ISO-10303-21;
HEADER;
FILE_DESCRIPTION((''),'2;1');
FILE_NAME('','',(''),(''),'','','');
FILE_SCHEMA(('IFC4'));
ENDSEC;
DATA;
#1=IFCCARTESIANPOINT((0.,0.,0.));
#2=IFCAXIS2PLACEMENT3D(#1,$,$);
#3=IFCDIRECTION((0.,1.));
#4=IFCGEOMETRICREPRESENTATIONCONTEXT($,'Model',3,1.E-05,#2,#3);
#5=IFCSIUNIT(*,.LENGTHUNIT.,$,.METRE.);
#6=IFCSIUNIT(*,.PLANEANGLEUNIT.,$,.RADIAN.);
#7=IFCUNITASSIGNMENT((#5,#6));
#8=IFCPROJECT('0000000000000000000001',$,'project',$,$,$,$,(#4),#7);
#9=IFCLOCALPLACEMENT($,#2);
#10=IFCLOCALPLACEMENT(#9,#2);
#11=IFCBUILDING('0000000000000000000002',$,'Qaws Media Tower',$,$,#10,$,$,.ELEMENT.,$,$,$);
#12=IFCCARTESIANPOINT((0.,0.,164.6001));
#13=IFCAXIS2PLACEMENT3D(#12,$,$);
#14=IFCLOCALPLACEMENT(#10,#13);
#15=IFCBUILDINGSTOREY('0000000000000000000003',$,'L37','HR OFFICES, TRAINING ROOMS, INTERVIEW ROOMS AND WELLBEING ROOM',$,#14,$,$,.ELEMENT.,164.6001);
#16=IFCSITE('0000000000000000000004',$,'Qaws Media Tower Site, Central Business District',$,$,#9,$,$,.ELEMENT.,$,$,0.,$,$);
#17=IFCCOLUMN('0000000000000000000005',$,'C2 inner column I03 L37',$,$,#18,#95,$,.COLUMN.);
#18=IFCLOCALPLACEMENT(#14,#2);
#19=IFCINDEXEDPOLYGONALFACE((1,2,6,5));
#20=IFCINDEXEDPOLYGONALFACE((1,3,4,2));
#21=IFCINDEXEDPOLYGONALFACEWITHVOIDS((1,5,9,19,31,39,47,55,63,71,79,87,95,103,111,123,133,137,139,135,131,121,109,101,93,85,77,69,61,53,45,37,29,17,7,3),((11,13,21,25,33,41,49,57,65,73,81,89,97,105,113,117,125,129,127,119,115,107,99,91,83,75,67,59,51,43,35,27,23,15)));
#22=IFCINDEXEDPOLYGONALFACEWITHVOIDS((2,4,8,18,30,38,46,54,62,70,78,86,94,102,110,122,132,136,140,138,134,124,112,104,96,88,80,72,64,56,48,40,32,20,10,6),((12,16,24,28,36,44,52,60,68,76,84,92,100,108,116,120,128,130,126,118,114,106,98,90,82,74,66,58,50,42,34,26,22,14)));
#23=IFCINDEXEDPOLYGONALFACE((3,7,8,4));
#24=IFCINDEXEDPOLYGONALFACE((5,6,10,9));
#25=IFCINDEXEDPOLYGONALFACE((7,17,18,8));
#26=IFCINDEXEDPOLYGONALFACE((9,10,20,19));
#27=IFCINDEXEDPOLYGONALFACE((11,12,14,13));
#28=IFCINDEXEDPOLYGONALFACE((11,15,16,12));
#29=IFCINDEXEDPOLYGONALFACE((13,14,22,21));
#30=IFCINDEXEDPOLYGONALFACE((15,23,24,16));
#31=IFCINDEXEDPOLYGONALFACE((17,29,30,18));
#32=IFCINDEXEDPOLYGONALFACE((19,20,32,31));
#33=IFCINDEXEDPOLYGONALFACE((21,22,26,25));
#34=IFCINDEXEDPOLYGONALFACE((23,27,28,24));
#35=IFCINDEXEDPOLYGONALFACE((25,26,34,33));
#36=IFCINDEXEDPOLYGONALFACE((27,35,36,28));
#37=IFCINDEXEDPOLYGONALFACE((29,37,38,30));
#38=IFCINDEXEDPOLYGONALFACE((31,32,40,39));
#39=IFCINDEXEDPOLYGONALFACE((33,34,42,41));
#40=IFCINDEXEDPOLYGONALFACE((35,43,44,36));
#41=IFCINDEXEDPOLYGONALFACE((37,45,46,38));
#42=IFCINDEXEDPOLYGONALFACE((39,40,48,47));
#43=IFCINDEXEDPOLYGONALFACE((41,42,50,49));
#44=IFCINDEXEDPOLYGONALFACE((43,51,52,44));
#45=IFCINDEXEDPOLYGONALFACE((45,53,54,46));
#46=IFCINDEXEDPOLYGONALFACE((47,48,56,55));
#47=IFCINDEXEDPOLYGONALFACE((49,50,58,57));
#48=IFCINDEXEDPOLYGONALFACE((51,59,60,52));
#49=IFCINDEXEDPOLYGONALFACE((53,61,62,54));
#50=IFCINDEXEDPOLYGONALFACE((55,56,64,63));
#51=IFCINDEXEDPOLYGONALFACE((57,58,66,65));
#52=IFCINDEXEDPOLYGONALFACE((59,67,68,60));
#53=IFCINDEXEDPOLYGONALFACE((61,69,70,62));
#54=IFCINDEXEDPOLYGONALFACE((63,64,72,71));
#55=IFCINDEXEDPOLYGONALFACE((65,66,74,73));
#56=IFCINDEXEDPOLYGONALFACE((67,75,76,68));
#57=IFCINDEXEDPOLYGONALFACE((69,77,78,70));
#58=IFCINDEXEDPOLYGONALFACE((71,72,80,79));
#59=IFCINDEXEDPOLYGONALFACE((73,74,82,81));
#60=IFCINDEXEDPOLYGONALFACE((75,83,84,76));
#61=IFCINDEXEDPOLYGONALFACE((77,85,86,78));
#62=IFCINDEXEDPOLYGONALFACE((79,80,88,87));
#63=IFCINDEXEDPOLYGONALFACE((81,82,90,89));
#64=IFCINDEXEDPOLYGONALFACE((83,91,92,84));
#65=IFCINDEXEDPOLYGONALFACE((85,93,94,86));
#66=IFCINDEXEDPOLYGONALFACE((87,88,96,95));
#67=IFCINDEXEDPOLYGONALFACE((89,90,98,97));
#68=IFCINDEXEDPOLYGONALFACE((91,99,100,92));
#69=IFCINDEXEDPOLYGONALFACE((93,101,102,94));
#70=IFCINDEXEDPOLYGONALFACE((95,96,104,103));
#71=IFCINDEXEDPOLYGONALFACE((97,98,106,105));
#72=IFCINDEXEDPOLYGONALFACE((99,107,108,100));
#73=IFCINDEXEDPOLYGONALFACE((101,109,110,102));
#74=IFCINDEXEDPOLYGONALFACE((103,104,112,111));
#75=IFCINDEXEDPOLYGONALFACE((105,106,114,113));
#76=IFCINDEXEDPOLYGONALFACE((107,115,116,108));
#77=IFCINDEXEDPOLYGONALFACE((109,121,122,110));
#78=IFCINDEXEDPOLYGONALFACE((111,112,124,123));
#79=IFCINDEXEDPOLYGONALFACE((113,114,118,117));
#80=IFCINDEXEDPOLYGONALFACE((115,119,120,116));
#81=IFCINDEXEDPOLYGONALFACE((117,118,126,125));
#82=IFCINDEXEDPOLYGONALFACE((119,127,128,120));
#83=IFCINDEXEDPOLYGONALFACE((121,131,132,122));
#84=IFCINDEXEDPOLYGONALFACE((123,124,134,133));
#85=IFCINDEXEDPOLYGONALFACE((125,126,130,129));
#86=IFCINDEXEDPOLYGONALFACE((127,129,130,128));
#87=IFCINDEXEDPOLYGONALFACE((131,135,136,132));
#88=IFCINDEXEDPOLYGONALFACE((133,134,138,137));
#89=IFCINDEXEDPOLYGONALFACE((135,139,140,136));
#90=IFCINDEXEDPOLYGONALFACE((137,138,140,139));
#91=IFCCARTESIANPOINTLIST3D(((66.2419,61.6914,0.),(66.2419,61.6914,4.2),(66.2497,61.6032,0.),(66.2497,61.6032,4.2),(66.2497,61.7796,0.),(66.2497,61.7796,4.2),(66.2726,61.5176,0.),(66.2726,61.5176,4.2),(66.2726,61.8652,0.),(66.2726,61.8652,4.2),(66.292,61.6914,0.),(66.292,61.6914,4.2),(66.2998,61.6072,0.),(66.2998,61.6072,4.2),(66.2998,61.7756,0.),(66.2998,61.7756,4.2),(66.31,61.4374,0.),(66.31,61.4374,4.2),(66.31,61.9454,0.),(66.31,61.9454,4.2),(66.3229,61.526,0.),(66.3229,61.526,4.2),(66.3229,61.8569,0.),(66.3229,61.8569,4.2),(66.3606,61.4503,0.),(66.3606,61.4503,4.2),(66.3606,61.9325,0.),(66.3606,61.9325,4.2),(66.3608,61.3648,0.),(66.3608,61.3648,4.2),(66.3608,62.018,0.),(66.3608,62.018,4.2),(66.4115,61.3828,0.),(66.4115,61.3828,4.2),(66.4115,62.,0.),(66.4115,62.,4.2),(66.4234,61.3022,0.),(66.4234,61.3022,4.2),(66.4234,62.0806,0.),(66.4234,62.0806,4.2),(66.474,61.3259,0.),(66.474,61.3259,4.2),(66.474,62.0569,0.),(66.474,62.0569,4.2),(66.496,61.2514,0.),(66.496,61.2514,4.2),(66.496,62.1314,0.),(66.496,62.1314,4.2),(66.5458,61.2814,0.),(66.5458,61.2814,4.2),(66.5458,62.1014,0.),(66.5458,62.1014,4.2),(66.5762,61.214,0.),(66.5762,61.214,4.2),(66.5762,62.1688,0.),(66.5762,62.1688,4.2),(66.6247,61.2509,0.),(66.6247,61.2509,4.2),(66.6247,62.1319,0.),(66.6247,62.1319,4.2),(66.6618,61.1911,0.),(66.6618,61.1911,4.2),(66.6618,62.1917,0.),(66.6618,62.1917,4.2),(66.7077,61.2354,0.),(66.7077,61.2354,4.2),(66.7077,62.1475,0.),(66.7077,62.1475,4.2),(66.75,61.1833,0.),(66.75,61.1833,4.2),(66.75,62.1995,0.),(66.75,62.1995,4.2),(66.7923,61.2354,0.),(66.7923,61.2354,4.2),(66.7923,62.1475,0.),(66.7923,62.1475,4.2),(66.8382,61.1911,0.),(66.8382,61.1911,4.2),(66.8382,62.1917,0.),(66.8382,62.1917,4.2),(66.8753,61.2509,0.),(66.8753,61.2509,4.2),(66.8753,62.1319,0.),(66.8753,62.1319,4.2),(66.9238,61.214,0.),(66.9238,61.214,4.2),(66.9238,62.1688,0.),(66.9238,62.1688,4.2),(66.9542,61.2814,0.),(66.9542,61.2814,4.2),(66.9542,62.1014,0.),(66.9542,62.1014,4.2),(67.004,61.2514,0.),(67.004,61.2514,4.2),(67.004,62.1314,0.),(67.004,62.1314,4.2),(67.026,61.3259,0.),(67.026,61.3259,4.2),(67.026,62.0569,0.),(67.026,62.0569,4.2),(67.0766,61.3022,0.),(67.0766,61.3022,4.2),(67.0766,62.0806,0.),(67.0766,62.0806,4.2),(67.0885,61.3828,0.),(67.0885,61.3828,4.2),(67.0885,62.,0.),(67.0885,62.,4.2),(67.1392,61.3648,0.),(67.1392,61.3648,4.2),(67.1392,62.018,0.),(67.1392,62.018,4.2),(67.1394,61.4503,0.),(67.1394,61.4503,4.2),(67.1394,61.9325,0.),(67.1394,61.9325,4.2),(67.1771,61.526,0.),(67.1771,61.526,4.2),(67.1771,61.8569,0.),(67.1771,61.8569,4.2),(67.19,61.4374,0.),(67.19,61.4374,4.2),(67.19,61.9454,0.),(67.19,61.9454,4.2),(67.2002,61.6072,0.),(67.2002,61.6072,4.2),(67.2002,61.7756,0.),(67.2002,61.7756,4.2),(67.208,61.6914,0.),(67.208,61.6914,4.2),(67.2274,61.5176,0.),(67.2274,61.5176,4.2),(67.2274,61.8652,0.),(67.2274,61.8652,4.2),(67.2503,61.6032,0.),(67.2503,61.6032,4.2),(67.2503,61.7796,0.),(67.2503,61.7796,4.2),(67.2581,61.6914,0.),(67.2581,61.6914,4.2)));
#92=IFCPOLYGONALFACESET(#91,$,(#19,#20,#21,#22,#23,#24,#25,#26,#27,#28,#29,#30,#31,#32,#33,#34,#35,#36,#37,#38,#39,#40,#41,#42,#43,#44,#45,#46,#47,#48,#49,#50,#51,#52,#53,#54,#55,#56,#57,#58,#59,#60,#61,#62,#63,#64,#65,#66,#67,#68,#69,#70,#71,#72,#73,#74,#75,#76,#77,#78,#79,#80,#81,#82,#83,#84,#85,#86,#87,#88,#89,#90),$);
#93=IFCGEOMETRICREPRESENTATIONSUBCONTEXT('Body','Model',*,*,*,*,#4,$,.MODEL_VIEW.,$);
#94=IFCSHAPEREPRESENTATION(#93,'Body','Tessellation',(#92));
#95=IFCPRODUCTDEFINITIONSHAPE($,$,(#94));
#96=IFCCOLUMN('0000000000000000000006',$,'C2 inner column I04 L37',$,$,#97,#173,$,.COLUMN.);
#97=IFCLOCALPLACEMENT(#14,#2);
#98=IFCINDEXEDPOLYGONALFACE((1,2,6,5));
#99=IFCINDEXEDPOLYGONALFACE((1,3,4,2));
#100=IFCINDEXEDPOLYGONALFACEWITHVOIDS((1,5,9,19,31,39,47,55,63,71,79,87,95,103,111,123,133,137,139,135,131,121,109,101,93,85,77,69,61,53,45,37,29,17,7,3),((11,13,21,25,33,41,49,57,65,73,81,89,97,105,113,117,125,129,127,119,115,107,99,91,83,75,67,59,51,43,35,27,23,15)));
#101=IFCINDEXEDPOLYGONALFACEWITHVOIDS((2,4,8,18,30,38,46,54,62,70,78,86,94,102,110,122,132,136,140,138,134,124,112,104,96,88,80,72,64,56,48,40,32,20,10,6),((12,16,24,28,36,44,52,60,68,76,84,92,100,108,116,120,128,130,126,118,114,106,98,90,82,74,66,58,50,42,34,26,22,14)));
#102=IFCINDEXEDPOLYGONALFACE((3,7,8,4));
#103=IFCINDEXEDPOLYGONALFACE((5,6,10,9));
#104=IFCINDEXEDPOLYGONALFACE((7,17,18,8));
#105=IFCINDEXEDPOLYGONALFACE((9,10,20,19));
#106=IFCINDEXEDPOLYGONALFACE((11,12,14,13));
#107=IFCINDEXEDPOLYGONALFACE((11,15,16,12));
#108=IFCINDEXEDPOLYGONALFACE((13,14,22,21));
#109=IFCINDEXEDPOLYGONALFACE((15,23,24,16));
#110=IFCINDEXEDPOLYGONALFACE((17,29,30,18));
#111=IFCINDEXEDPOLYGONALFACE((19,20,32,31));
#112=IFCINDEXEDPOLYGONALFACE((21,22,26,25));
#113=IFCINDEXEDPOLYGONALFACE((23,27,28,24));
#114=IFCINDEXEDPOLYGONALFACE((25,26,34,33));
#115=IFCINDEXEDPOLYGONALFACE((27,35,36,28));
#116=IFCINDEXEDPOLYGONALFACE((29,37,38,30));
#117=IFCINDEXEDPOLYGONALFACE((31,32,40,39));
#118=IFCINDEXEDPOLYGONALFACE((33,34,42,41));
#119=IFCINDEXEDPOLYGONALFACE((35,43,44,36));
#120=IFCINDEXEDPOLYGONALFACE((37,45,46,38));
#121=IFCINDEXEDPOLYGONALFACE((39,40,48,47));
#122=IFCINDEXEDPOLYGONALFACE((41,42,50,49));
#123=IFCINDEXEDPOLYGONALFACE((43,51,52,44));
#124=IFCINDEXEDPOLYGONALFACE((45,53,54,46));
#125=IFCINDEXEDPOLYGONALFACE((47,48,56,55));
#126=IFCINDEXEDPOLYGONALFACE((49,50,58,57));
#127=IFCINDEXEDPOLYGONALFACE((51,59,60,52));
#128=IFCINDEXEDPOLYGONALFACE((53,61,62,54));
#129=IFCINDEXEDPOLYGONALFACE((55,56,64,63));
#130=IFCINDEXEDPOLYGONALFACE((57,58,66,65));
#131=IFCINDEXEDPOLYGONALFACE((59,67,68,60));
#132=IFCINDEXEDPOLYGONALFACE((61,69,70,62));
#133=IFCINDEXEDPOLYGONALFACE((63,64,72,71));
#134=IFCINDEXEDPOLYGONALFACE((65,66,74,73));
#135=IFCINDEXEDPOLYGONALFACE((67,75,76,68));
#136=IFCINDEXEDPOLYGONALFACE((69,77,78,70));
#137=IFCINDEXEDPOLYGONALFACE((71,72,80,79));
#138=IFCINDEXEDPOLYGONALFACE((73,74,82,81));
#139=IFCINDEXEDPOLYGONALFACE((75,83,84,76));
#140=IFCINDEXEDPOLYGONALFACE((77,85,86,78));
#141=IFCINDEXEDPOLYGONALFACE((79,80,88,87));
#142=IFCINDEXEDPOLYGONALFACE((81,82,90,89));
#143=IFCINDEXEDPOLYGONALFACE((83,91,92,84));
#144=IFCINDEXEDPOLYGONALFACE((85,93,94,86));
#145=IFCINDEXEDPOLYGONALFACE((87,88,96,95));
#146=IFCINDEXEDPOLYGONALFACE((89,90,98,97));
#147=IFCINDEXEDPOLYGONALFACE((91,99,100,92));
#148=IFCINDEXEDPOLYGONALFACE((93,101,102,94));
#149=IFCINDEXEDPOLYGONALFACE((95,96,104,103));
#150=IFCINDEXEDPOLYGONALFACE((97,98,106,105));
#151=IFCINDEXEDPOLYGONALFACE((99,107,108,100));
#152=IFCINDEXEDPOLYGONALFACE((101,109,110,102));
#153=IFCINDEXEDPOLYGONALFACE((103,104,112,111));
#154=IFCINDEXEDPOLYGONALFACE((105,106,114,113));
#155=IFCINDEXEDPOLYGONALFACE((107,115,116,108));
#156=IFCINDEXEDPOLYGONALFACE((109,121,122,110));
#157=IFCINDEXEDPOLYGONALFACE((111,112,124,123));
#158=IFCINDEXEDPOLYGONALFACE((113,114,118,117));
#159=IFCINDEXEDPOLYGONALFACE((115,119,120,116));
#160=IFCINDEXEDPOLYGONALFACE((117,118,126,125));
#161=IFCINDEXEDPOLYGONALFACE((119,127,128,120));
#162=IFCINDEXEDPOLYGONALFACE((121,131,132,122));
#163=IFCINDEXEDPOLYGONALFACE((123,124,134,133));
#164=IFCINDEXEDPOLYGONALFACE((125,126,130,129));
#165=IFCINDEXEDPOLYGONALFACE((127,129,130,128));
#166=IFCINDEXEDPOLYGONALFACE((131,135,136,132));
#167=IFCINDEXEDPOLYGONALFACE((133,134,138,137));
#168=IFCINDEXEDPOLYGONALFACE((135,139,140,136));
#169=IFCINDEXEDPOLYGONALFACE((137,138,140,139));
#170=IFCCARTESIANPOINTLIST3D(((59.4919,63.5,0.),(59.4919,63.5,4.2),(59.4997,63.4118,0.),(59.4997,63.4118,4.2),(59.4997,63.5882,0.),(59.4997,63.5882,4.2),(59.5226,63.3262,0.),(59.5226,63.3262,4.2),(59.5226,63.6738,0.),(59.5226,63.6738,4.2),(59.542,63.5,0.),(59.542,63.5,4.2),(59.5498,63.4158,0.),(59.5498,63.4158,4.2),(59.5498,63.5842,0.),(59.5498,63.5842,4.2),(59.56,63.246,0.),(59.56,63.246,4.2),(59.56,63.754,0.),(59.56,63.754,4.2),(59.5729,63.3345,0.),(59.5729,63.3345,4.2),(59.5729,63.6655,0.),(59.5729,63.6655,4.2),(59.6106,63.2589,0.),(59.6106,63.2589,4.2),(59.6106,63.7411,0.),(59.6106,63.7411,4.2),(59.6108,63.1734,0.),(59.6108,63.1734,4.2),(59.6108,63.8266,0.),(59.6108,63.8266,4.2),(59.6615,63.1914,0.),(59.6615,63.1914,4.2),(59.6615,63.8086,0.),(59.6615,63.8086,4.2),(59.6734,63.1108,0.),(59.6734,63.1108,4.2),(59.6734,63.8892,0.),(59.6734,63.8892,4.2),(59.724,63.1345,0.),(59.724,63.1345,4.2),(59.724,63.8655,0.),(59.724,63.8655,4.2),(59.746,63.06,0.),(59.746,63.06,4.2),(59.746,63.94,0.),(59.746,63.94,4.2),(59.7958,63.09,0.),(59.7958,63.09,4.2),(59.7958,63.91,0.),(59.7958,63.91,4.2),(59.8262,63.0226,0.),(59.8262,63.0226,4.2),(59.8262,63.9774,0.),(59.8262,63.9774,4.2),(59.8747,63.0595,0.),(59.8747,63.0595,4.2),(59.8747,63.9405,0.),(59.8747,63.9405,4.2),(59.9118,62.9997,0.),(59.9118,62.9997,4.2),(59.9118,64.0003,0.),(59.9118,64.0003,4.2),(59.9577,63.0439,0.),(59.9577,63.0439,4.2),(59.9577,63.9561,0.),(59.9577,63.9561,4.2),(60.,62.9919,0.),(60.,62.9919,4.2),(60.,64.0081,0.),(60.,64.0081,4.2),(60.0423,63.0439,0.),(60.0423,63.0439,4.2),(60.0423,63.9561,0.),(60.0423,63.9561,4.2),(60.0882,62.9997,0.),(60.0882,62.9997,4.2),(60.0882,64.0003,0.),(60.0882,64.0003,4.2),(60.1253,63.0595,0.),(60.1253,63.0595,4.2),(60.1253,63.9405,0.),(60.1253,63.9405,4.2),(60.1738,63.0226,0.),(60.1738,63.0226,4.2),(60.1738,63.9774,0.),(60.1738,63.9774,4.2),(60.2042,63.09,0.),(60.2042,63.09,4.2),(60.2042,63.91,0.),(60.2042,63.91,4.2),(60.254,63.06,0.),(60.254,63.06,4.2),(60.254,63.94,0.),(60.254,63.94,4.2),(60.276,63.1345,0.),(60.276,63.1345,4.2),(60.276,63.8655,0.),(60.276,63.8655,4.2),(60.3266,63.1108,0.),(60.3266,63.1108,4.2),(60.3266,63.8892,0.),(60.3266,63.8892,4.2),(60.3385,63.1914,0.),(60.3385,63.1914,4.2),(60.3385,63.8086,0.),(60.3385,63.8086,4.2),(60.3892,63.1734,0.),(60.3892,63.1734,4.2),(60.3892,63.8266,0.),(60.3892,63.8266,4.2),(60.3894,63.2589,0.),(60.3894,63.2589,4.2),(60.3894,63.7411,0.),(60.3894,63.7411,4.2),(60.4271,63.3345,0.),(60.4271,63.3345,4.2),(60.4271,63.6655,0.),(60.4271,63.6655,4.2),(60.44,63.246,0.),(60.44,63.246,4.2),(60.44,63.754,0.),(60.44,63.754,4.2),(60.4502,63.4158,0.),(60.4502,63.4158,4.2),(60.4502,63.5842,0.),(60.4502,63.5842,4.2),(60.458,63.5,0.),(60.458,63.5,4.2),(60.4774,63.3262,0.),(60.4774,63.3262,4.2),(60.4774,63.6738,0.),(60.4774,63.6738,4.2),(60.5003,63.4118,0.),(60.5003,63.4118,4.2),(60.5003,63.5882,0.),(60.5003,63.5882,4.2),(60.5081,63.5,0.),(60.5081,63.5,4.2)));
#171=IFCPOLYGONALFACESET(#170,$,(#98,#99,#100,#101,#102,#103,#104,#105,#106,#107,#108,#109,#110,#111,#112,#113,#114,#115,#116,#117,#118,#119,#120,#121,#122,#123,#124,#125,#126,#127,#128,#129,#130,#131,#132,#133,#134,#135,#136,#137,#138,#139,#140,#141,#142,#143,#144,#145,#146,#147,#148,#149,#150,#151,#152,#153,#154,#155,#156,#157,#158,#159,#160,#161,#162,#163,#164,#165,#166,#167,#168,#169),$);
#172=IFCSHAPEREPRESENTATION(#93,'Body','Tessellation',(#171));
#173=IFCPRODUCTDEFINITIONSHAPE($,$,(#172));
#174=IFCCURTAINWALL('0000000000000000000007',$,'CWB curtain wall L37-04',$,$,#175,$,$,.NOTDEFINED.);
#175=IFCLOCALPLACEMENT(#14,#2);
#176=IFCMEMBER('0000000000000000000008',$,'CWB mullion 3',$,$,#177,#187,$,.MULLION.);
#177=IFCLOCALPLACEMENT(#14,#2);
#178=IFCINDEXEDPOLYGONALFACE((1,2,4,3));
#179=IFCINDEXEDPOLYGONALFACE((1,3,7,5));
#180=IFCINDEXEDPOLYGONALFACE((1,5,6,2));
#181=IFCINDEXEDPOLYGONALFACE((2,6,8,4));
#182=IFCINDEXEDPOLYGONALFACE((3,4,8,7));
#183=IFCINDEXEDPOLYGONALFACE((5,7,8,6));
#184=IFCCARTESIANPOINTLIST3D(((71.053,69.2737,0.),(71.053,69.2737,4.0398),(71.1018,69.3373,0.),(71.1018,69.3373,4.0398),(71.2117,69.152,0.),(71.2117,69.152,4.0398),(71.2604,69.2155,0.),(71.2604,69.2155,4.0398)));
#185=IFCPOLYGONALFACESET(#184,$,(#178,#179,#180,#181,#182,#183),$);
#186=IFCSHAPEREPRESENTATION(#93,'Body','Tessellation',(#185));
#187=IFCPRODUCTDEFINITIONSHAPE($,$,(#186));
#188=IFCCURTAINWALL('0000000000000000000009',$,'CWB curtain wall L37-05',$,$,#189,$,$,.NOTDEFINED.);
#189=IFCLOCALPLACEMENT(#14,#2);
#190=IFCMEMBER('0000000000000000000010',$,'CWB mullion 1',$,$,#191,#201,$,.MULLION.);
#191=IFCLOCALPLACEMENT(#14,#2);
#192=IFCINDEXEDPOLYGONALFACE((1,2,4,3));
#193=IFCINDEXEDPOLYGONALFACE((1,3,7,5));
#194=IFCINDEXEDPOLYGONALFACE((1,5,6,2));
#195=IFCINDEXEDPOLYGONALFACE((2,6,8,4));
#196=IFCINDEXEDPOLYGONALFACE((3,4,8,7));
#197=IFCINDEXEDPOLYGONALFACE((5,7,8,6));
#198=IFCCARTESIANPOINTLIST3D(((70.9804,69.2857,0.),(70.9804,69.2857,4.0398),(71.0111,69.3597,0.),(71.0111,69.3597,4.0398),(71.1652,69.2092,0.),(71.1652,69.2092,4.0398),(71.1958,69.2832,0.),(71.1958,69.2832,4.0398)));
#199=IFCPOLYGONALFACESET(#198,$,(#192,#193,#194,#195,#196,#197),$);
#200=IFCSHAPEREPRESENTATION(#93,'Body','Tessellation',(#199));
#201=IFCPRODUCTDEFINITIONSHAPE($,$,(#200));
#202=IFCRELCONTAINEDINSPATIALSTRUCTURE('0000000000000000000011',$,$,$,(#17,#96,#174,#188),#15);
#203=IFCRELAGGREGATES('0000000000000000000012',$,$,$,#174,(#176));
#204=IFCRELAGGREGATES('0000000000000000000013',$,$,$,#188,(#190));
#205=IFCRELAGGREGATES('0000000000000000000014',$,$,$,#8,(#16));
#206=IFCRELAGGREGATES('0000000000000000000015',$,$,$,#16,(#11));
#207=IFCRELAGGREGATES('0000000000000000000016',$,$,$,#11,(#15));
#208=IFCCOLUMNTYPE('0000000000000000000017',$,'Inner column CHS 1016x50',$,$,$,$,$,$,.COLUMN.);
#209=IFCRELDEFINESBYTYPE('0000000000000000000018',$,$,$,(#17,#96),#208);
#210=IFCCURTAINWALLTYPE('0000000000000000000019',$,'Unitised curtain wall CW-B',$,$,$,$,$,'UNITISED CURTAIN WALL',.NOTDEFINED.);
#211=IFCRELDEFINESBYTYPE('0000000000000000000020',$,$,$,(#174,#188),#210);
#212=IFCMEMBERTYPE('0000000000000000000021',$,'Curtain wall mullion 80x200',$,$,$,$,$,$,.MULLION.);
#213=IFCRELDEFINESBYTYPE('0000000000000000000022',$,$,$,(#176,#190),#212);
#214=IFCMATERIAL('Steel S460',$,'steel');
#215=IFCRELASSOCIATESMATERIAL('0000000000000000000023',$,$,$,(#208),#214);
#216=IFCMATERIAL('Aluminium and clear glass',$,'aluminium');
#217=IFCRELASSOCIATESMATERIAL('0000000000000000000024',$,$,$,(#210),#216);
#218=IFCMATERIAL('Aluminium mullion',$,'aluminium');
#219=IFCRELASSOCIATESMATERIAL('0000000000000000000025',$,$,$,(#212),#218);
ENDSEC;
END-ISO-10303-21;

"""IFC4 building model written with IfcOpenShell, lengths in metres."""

from ifc_helpers import new_model, si_unit, direction, frame, origin, origin_2d, place, context, subcontext, project, spatial, rectangle, hollow_circle, extrude, material, material_profile, profile_set, type_object, element, aggregate, save


model = new_model("IFC4")

# Units and contexts
model_context = context("Model", 3, precision=1e-05, world=origin(), true_north=direction((0.0, 1.0)))
body_context = subcontext(model_context, "Body", "Model", "MODEL_VIEW")
ifc_project = project(units=[si_unit("LENGTHUNIT", "METRE"), si_unit("PLANEANGLEUNIT", "RADIAN")], contexts=[model_context])

# Site, building, storey
site_placement = place(None, origin())
site = spatial("IfcSite", under=ifc_project, at=site_placement, Name="Qaws Media Tower Site, Central Business District", CompositionType="ELEMENT", RefElevation=0.0)
building_placement = place(site_placement, origin())
building = spatial("IfcBuilding", under=site, at=building_placement, Name="Qaws Media Tower", CompositionType="ELEMENT")
storey_placement = place(building_placement, frame((0.0, 0.0, 164.6001)))
storey = spatial("IfcBuildingStorey", under=building, at=storey_placement, Name="L37", Description="HR OFFICES, TRAINING ROOMS, INTERVIEW ROOMS AND WELLBEING ROOM", CompositionType="ELEMENT", Elevation=164.6001)

# Columns
ifc_material_1 = material(Name="Steel S460", Category="steel")
ifc_material_profile_1 = material_profile(ifc_material_1, hollow_circle(Radius=0.5081, WallThickness=0.05, at=origin_2d()), Name="CHS 1016x50")
ifc_profile_set_1 = profile_set([ifc_material_profile_1], Name="Steel S460")
column_type = type_object("IfcColumnType", Name="Inner column CHS 1016x50", PredefinedType="COLUMN", material=ifc_profile_set_1)
for number, where, z_axis, x_axis, name in (
    (1, (66.75, 61.6914, 0.0), (0.0, 0.0, 1.0), (1.0, 0.0, 0.0), "C2 inner column I03 L37"),
    (2, (60.0, 63.5, 0.0), (0.0, 0.0, 1.0), (1.0, 0.0, 0.0), "C2 inner column I04 L37"),
):
    element("IfcColumn", number, at=place(storey_placement, frame(where, z_axis=z_axis, x_axis=x_axis)), inside=storey, type_object=column_type, Name=name, PredefinedType="COLUMN", context=body_context, shape_type="SweptSolid", body=[
        extrude(hollow_circle(Radius=0.5081, WallThickness=0.05, at=origin_2d()), origin(), (0.0, 0.0, 1.0), 4.2),
    ])

# Curtain walls, members
ifc_material_2 = material(Name="Aluminium and clear glass", Category="aluminium")
curtain_wall_type = type_object("IfcCurtainWallType", Name="Unitised curtain wall CW-B", ElementType="UNITISED CURTAIN WALL", PredefinedType="NOTDEFINED", material=ifc_material_2)
curtain_wall_1_placement = place(storey_placement, origin())
curtain_wall_1 = element("IfcCurtainWall", 3, at=curtain_wall_1_placement, inside=storey, type_object=curtain_wall_type, Name="CWB curtain wall L37-04", PredefinedType="NOTDEFINED")
ifc_material_3 = material(Name="Aluminium mullion", Category="aluminium")
ifc_material_profile_2 = material_profile(ifc_material_3, rectangle(XDim=0.0801, YDim=0.2, at=origin_2d()), Name="80x200")
ifc_profile_set_2 = profile_set([ifc_material_profile_2], Name="Aluminium mullion")
member_type = type_object("IfcMemberType", Name="Curtain wall mullion 80x200", PredefinedType="MULLION", material=ifc_profile_set_2)
member_1_placement = place(storey_placement, frame((71.1567, 69.2446, 0.0), z_axis=(0.0, 0.0, 1.0), x_axis=(-0.608761, -0.793353, 0.0)))
member_1 = element("IfcMember", 4, at=member_1_placement, type_object=member_type, Name="CWB mullion 3", PredefinedType="MULLION", context=body_context, shape_type="SweptSolid", body=[
    extrude(rectangle(XDim=0.0801, YDim=0.2, at=origin_2d()), origin(), (0.0, 0.0, 1.0), 4.0398),
])
aggregate(curtain_wall_1, [member_1])
curtain_wall_2_placement = place(storey_placement, origin())
curtain_wall_2 = element("IfcCurtainWall", 5, at=curtain_wall_2_placement, inside=storey, type_object=curtain_wall_type, Name="CWB curtain wall L37-05", PredefinedType="NOTDEFINED")
member_2_placement = place(storey_placement, frame((71.0881, 69.2844, 0.0), z_axis=(0.0, 0.0, 1.0), x_axis=(-0.382684, -0.923879, 0.0)))
member_2 = element("IfcMember", 6, at=member_2_placement, type_object=member_type, Name="CWB mullion 1", PredefinedType="MULLION", context=body_context, shape_type="SweptSolid", body=[
    extrude(rectangle(XDim=0.0801, YDim=0.2, at=origin_2d()), origin(), (0.0, 0.0, 1.0), 4.0398),
])
aggregate(curtain_wall_2, [member_2])

save(model, "model.ifc")
